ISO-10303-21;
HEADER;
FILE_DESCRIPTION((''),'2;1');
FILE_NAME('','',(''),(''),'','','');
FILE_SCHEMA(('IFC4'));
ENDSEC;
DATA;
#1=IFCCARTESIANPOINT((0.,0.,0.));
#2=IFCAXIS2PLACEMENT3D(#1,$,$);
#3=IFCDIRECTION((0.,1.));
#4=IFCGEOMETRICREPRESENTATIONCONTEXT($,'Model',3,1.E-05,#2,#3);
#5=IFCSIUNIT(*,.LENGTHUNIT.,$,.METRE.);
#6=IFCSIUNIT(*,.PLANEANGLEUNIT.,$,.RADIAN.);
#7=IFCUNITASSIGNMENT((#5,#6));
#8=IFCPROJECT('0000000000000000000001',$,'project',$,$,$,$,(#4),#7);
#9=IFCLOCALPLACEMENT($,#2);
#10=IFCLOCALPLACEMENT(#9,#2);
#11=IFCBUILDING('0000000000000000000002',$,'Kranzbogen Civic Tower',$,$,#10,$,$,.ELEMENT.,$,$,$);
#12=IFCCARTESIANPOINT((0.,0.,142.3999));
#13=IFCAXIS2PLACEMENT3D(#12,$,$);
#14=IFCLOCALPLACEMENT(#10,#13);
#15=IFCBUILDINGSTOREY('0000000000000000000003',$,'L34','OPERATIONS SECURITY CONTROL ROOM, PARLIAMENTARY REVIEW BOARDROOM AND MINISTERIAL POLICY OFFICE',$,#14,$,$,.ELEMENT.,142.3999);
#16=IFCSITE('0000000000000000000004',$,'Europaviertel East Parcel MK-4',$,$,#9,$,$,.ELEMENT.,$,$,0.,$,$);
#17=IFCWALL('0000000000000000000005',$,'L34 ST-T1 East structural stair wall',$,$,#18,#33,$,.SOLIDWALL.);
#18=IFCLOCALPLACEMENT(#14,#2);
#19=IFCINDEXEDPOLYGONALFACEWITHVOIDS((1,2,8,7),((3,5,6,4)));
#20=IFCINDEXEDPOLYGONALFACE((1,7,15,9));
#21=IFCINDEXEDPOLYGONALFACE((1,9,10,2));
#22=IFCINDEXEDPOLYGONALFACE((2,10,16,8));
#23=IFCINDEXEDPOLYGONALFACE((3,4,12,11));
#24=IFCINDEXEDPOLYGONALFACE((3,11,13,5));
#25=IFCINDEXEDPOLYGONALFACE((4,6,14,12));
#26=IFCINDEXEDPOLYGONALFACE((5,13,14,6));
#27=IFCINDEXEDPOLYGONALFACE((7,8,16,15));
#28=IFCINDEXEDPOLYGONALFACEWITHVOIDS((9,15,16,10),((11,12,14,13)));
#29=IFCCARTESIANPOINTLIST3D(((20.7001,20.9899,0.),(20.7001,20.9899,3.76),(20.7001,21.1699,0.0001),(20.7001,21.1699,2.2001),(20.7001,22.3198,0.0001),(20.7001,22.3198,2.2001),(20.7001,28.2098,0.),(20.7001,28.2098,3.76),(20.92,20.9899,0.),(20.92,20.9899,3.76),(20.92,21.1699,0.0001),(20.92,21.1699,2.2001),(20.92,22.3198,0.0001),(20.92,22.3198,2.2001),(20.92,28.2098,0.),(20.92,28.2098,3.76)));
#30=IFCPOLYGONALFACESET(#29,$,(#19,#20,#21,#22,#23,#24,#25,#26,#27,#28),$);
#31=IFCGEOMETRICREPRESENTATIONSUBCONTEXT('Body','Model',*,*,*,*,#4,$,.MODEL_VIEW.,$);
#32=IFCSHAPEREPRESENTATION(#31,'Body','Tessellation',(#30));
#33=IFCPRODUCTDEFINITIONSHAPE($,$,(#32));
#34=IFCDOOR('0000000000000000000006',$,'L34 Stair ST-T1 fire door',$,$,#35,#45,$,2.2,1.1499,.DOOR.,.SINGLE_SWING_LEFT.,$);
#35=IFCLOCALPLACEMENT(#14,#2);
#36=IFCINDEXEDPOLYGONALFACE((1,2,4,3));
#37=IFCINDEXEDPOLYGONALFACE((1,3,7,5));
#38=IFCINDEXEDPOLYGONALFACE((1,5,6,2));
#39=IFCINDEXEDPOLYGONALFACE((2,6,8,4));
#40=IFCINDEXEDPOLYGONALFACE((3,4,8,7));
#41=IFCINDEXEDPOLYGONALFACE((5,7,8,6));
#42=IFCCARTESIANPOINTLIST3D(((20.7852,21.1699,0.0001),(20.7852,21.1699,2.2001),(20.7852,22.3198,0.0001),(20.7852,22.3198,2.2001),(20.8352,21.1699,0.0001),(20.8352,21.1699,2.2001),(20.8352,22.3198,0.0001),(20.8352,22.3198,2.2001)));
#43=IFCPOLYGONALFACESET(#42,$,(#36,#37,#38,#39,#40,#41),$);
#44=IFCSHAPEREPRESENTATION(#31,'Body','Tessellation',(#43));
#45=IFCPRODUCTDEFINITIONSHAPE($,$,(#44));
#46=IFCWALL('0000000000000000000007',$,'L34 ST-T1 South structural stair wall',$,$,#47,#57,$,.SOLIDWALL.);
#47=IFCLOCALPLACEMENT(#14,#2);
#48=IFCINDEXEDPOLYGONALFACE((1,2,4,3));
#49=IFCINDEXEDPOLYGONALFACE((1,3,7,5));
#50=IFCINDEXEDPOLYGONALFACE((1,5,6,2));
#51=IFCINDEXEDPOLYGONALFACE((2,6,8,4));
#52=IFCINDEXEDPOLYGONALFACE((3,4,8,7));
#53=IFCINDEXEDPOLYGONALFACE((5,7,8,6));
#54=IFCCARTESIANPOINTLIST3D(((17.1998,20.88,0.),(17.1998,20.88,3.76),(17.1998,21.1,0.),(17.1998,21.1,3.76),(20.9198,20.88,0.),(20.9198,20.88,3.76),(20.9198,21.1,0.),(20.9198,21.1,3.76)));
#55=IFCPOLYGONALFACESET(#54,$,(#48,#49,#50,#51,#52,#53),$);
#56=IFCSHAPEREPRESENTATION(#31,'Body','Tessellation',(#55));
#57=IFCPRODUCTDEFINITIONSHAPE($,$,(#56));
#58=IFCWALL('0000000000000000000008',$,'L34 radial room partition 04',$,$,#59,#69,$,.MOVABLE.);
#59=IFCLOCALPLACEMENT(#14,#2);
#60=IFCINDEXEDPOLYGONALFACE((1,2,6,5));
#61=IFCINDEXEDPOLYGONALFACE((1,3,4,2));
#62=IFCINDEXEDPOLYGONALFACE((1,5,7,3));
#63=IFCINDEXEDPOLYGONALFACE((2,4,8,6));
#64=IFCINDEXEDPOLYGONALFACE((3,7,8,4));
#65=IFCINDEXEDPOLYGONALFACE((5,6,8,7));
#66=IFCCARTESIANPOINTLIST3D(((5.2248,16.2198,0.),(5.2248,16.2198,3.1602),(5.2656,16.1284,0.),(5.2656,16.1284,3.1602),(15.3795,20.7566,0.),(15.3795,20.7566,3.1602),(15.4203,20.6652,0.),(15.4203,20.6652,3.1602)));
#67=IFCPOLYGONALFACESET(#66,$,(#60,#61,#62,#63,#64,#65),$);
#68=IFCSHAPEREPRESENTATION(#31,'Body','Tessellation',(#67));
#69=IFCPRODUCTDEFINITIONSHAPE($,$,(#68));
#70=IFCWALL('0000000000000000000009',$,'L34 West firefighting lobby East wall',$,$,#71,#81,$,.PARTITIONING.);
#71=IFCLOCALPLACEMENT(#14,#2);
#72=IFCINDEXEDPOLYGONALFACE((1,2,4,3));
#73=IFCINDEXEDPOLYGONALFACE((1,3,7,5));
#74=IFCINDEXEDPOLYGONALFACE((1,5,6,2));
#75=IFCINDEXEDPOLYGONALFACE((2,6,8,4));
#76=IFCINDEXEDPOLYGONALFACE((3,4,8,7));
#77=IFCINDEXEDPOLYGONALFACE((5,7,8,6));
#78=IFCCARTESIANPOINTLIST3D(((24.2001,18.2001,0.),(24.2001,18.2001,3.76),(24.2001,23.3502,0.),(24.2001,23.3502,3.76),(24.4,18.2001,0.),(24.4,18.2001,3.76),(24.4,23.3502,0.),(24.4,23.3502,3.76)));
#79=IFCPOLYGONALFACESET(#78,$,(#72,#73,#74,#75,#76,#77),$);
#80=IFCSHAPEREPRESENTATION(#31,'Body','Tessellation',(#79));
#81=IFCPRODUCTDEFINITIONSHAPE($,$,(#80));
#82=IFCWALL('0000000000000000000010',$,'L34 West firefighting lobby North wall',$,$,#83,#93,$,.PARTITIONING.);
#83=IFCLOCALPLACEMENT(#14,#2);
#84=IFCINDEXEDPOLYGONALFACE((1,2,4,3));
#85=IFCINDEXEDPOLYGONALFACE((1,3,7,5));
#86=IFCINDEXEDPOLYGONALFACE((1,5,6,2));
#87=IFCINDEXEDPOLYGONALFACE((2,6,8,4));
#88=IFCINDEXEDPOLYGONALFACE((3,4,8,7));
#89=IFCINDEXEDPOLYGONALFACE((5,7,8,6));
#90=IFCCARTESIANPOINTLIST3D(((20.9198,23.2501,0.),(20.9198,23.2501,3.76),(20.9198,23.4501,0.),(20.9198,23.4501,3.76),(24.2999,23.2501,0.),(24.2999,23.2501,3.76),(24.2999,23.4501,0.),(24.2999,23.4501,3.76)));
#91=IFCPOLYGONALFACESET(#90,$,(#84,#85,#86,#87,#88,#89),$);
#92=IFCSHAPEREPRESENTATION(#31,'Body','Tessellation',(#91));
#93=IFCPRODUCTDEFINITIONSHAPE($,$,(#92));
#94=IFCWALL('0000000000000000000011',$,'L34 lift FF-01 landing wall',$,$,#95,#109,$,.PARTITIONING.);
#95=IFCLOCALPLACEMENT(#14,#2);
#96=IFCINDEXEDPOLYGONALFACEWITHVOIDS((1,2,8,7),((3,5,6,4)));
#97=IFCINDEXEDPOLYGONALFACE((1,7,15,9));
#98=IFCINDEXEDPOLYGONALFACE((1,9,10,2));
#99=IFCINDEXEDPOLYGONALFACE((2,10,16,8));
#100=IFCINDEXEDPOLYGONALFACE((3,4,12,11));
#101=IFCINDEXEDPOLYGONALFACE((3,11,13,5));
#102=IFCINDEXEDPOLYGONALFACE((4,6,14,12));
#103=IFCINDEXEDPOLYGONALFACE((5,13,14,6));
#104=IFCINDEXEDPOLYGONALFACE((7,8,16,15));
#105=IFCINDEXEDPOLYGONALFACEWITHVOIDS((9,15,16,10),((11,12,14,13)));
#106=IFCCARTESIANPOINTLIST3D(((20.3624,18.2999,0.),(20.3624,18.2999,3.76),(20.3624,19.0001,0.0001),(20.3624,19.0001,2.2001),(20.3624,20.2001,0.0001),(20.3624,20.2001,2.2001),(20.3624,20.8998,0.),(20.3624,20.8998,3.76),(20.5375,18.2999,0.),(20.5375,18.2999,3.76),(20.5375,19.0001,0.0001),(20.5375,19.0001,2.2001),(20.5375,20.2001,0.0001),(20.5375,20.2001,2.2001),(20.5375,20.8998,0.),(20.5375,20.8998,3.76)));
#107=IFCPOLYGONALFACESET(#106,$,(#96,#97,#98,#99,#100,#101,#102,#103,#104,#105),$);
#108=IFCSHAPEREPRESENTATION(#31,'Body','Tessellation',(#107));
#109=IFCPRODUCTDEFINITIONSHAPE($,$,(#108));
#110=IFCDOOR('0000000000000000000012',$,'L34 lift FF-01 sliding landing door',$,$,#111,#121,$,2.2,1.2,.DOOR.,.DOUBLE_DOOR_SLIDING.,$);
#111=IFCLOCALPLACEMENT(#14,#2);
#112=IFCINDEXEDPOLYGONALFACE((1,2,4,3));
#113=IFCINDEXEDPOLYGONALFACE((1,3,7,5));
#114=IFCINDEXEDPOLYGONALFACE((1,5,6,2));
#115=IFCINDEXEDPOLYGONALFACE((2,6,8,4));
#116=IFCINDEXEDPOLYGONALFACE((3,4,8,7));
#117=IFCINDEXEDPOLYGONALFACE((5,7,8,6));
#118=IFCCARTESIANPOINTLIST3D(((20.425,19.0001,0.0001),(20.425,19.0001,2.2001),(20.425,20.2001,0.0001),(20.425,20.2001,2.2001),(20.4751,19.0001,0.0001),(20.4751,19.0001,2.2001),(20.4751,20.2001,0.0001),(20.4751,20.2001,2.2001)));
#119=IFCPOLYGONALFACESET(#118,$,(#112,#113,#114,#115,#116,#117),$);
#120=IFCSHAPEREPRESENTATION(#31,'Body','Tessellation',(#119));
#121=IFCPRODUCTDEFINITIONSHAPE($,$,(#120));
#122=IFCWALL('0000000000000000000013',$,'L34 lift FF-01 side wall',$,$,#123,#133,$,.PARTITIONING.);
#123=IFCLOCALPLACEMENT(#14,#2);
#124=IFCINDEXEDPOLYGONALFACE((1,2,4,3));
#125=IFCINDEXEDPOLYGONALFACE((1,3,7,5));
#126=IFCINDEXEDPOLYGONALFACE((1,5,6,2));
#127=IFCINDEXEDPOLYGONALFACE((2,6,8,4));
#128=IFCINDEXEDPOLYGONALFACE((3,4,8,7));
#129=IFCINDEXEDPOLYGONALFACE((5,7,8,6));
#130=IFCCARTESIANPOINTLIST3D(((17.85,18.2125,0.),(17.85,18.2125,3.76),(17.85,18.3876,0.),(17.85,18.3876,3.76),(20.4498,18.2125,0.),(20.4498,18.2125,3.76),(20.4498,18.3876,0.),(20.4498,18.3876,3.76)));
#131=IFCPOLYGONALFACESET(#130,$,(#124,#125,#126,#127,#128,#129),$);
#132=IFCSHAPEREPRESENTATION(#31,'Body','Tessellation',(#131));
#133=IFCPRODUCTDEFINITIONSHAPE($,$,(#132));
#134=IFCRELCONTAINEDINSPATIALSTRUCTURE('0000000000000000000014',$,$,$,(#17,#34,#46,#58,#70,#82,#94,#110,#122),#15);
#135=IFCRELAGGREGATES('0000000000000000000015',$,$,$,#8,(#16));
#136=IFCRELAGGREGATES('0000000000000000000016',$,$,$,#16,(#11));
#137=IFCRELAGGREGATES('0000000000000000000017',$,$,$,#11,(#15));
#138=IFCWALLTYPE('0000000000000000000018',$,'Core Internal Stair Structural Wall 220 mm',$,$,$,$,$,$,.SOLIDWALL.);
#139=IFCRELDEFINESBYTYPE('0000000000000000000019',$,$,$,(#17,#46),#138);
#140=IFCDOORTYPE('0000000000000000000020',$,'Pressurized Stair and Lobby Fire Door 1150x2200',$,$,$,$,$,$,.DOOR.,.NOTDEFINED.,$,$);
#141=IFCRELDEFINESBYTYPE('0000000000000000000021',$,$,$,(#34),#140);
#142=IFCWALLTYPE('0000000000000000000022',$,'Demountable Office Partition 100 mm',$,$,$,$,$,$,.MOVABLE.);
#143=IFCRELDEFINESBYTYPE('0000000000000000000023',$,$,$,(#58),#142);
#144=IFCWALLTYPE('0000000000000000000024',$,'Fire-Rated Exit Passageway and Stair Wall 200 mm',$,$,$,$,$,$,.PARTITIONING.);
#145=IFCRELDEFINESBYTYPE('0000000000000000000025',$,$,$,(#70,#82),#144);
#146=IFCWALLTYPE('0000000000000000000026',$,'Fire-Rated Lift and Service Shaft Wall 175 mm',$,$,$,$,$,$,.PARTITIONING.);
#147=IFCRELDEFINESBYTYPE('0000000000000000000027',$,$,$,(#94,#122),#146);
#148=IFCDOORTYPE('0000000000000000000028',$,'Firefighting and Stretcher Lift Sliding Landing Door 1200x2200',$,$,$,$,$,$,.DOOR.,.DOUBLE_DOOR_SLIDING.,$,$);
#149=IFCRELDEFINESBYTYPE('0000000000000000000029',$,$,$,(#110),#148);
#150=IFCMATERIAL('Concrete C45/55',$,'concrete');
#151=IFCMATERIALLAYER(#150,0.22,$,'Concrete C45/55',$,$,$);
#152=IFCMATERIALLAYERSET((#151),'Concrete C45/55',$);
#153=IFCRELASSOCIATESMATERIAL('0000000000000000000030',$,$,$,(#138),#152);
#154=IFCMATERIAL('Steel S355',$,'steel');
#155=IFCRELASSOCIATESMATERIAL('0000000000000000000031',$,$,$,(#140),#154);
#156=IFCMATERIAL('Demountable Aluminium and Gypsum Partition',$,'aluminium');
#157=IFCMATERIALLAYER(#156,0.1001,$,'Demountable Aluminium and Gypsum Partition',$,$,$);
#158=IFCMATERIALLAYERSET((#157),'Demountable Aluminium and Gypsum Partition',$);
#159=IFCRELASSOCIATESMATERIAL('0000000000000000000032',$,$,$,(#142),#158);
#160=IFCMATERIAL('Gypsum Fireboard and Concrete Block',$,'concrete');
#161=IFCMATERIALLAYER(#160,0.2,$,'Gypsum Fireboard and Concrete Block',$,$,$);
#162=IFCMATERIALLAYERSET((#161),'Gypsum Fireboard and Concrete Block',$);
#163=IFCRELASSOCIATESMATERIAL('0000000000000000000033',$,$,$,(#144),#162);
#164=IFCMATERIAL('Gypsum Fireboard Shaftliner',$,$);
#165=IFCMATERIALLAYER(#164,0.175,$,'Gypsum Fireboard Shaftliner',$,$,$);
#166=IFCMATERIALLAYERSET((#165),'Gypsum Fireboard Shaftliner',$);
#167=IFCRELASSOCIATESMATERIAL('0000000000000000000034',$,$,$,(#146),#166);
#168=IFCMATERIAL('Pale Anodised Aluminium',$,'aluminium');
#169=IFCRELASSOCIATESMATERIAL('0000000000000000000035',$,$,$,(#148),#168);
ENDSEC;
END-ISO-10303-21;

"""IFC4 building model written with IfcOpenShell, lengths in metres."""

from ifc_helpers import new_model, si_unit, direction, frame, frame_2d, origin, place, context, subcontext, project, spatial, rectangle, extrude, material, layer, layer_set, type_object, element, fill, save


model = new_model("IFC4")

# Units and contexts
model_context = context("Model", 3, precision=1e-05, world=origin(), true_north=direction((0.0, 1.0)))
body_context = subcontext(model_context, "Body", "Model", "MODEL_VIEW")
ifc_project = project(units=[si_unit("LENGTHUNIT", "METRE"), si_unit("PLANEANGLEUNIT", "RADIAN")], contexts=[model_context])

# Site, building, storey
site_placement = place(None, origin())
site = spatial("IfcSite", under=ifc_project, at=site_placement, Name="Europaviertel East Parcel MK-4", CompositionType="ELEMENT", RefElevation=0.0)
building_placement = place(site_placement, origin())
building = spatial("IfcBuilding", under=site, at=building_placement, Name="Kranzbogen Civic Tower", CompositionType="ELEMENT")
storey_placement = place(building_placement, frame((0.0, 0.0, 142.3999)))
storey = spatial("IfcBuildingStorey", under=building, at=storey_placement, Name="L34", Description="OPERATIONS SECURITY CONTROL ROOM, PARLIAMENTARY REVIEW BOARDROOM AND MINISTERIAL POLICY OFFICE", CompositionType="ELEMENT", Elevation=142.3999)

# Shared definitions
ifc_material_1 = material(Name="Steel S355", Category="steel")

# Wall, opening, door
ifc_material_2 = material(Name="Concrete C45/55", Category="concrete")
ifc_layer_1 = layer(ifc_material_2, 0.22, Name="Concrete C45/55")
ifc_layer_set_1 = layer_set([ifc_layer_1], Name="Concrete C45/55")
wall_type_1 = type_object("IfcWallType", Name="Core Internal Stair Structural Wall 220 mm", PredefinedType="SOLIDWALL", material=ifc_layer_set_1)
wall_1_placement = place(storey_placement, frame((20.8101, 20.99, 0.0), z_axis=(0.0, 0.0, 1.0), x_axis=(0.0, 1.0, 0.0)))
wall_1 = element("IfcWall", 1, at=wall_1_placement, inside=storey, type_object=wall_type_1, Name="L34 ST-T1 East structural stair wall", PredefinedType="SOLIDWALL", context=body_context, shape_type="SweptSolid", body=[
    extrude(rectangle(XDim=7.22, YDim=0.22, at=frame_2d((3.6099, 0.0))), origin(), (0.0, 0.0, 1.0), 3.76),
])
opening_1_placement = place(wall_1_placement, frame((0.1799, 0.0, 0.0)))
opening_1 = element("IfcOpeningElement", 2, at=opening_1_placement, cuts=wall_1, PredefinedType="OPENING", context=body_context, shape_type="SweptSolid", body=[
    extrude(rectangle(XDim=1.1499, YDim=2.2, at=frame_2d((0.575, 1.1001))), frame((0.0, 0.1201, 0.0), z_axis=(0.0, -1.0, 0.0), x_axis=(1.0, 0.0, 0.0)), (0.0, 0.0, 1.0), 0.24),
])
door_type_1 = type_object("IfcDoorType", Name="Pressurized Stair and Lobby Fire Door 1150x2200", OperationType="NOTDEFINED", PredefinedType="DOOR", material=ifc_material_1)
door_1_placement = place(opening_1_placement, origin())
door_1 = element("IfcDoor", 3, at=door_1_placement, inside=storey, type_object=door_type_1, Name="L34 Stair ST-T1 fire door", OperationType="SINGLE_SWING_LEFT", OverallHeight=2.2, OverallWidth=1.1499, PredefinedType="DOOR", context=body_context, shape_type="SweptSolid", body=[
    extrude(rectangle(XDim=1.1499, YDim=2.2, at=frame_2d((0.575, 1.1001))), frame((0.0, 0.0249, 0.0), z_axis=(0.0, -1.0, 0.0), x_axis=(1.0, 0.0, 0.0)), (0.0, 0.0, 1.0), 0.05),
])
fill(opening_1, door_1)

# Walls
wall_2_placement = place(storey_placement, frame((17.2, 20.99, 0.0), z_axis=(0.0, 0.0, 1.0), x_axis=(1.0, 0.0, 0.0)))
element("IfcWall", 4, at=wall_2_placement, inside=storey, type_object=wall_type_1, Name="L34 ST-T1 South structural stair wall", PredefinedType="SOLIDWALL", context=body_context, shape_type="SweptSolid", body=[
    extrude(rectangle(XDim=3.72, YDim=0.22, at=frame_2d((1.8599, 0.0))), origin(), (0.0, 0.0, 1.0), 3.76),
])
ifc_material_3 = material(Name="Demountable Aluminium and Gypsum Partition", Category="aluminium")
ifc_layer_2 = layer(ifc_material_3, 0.1001, Name="Demountable Aluminium and Gypsum Partition")
ifc_layer_set_2 = layer_set([ifc_layer_2], Name="Demountable Aluminium and Gypsum Partition")
wall_type_2 = type_object("IfcWallType", Name="Demountable Office Partition 100 mm", PredefinedType="MOVABLE", material=ifc_layer_set_2)
wall_3_placement = place(storey_placement, frame((15.3999, 20.7109, 0.0), z_axis=(0.0, 0.0, 1.0), x_axis=(-0.913021, -0.407912, 0.0)))
element("IfcWall", 5, at=wall_3_placement, inside=storey, type_object=wall_type_2, Name="L34 radial room partition 04", PredefinedType="MOVABLE", context=body_context, shape_type="SweptSolid", body=[
    extrude(rectangle(XDim=11.1221, YDim=0.1001, at=frame_2d((5.561, 0.0))), origin(), (0.0, 0.0, 1.0), 3.1602),
])
ifc_material_4 = material(Name="Gypsum Fireboard and Concrete Block", Category="concrete")
ifc_layer_3 = layer(ifc_material_4, 0.2, Name="Gypsum Fireboard and Concrete Block")
ifc_layer_set_3 = layer_set([ifc_layer_3], Name="Gypsum Fireboard and Concrete Block")
wall_type_3 = type_object("IfcWallType", Name="Fire-Rated Exit Passageway and Stair Wall 200 mm", PredefinedType="PARTITIONING", material=ifc_layer_set_3)
wall_4_placement = place(storey_placement, frame((24.3, 18.2, 0.0), z_axis=(0.0, 0.0, 1.0), x_axis=(0.0, 1.0, 0.0)))
element("IfcWall", 6, at=wall_4_placement, inside=storey, type_object=wall_type_3, Name="L34 West firefighting lobby East wall", PredefinedType="PARTITIONING", context=body_context, shape_type="SweptSolid", body=[
    extrude(rectangle(XDim=5.1501, YDim=0.2, at=frame_2d((2.5752, 0.0))), origin(), (0.0, 0.0, 1.0), 3.76),
])
wall_5_placement = place(storey_placement, frame((20.9199, 23.3501, 0.0), z_axis=(0.0, 0.0, 1.0), x_axis=(1.0, 0.0, 0.0)))
element("IfcWall", 7, at=wall_5_placement, inside=storey, type_object=wall_type_3, Name="L34 West firefighting lobby North wall", PredefinedType="PARTITIONING", context=body_context, shape_type="SweptSolid", body=[
    extrude(rectangle(XDim=3.3801, YDim=0.2, at=frame_2d((1.6899, 0.0))), origin(), (0.0, 0.0, 1.0), 3.76),
])

# Wall, opening, door
ifc_material_5 = material(Name="Gypsum Fireboard Shaftliner")
ifc_layer_4 = layer(ifc_material_5, 0.175, Name="Gypsum Fireboard Shaftliner")
ifc_layer_set_4 = layer_set([ifc_layer_4], Name="Gypsum Fireboard Shaftliner")
wall_type_4 = type_object("IfcWallType", Name="Fire-Rated Lift and Service Shaft Wall 175 mm", PredefinedType="PARTITIONING", material=ifc_layer_set_4)
wall_6_placement = place(storey_placement, frame((20.45, 18.3, 0.0), z_axis=(0.0, 0.0, 1.0), x_axis=(0.0, 1.0, 0.0)))
wall_6 = element("IfcWall", 8, at=wall_6_placement, inside=storey, type_object=wall_type_4, Name="L34 lift FF-01 landing wall", PredefinedType="PARTITIONING", context=body_context, shape_type="SweptSolid", body=[
    extrude(rectangle(XDim=2.5999, YDim=0.175, at=frame_2d((1.2998, 0.0))), origin(), (0.0, 0.0, 1.0), 3.76),
])
opening_2_placement = place(wall_6_placement, frame((0.7, 0.0, 0.0)))
opening_2 = element("IfcOpeningElement", 9, at=opening_2_placement, cuts=wall_6, PredefinedType="OPENING", context=body_context, shape_type="SweptSolid", body=[
    extrude(rectangle(XDim=1.2, YDim=2.2, at=frame_2d((0.6001, 1.1001))), frame((0.0, 0.0977, 0.0), z_axis=(0.0, -1.0, 0.0), x_axis=(1.0, 0.0, 0.0)), (0.0, 0.0, 1.0), 0.1951),
])
ifc_material_6 = material(Name="Pale Anodised Aluminium", Category="aluminium")
door_type_2 = type_object("IfcDoorType", Name="Firefighting and Stretcher Lift Sliding Landing Door 1200x2200", OperationType="DOUBLE_DOOR_SLIDING", PredefinedType="DOOR", material=ifc_material_6)
door_2_placement = place(opening_2_placement, origin())
door_2 = element("IfcDoor", 10, at=door_2_placement, inside=storey, type_object=door_type_2, Name="L34 lift FF-01 sliding landing door", OperationType="DOUBLE_DOOR_SLIDING", OverallHeight=2.2, OverallWidth=1.2, PredefinedType="DOOR", context=body_context, shape_type="SweptSolid", body=[
    extrude(rectangle(XDim=1.2, YDim=2.2, at=frame_2d((0.6001, 1.1001))), frame((0.0, 0.0249, 0.0), z_axis=(0.0, -1.0, 0.0), x_axis=(1.0, 0.0, 0.0)), (0.0, 0.0, 1.0), 0.05),
])
fill(opening_2, door_2)

# Wall
wall_7_placement = place(storey_placement, frame((17.8501, 18.3, 0.0), z_axis=(0.0, 0.0, 1.0), x_axis=(1.0, 0.0, 0.0)))
element("IfcWall", 11, at=wall_7_placement, inside=storey, type_object=wall_type_4, Name="L34 lift FF-01 side wall", PredefinedType="PARTITIONING", context=body_context, shape_type="SweptSolid", body=[
    extrude(rectangle(XDim=2.5999, YDim=0.175, at=frame_2d((1.2998, 0.0))), origin(), (0.0, 0.0, 1.0), 3.76),
])

save(model, "model.ifc")
